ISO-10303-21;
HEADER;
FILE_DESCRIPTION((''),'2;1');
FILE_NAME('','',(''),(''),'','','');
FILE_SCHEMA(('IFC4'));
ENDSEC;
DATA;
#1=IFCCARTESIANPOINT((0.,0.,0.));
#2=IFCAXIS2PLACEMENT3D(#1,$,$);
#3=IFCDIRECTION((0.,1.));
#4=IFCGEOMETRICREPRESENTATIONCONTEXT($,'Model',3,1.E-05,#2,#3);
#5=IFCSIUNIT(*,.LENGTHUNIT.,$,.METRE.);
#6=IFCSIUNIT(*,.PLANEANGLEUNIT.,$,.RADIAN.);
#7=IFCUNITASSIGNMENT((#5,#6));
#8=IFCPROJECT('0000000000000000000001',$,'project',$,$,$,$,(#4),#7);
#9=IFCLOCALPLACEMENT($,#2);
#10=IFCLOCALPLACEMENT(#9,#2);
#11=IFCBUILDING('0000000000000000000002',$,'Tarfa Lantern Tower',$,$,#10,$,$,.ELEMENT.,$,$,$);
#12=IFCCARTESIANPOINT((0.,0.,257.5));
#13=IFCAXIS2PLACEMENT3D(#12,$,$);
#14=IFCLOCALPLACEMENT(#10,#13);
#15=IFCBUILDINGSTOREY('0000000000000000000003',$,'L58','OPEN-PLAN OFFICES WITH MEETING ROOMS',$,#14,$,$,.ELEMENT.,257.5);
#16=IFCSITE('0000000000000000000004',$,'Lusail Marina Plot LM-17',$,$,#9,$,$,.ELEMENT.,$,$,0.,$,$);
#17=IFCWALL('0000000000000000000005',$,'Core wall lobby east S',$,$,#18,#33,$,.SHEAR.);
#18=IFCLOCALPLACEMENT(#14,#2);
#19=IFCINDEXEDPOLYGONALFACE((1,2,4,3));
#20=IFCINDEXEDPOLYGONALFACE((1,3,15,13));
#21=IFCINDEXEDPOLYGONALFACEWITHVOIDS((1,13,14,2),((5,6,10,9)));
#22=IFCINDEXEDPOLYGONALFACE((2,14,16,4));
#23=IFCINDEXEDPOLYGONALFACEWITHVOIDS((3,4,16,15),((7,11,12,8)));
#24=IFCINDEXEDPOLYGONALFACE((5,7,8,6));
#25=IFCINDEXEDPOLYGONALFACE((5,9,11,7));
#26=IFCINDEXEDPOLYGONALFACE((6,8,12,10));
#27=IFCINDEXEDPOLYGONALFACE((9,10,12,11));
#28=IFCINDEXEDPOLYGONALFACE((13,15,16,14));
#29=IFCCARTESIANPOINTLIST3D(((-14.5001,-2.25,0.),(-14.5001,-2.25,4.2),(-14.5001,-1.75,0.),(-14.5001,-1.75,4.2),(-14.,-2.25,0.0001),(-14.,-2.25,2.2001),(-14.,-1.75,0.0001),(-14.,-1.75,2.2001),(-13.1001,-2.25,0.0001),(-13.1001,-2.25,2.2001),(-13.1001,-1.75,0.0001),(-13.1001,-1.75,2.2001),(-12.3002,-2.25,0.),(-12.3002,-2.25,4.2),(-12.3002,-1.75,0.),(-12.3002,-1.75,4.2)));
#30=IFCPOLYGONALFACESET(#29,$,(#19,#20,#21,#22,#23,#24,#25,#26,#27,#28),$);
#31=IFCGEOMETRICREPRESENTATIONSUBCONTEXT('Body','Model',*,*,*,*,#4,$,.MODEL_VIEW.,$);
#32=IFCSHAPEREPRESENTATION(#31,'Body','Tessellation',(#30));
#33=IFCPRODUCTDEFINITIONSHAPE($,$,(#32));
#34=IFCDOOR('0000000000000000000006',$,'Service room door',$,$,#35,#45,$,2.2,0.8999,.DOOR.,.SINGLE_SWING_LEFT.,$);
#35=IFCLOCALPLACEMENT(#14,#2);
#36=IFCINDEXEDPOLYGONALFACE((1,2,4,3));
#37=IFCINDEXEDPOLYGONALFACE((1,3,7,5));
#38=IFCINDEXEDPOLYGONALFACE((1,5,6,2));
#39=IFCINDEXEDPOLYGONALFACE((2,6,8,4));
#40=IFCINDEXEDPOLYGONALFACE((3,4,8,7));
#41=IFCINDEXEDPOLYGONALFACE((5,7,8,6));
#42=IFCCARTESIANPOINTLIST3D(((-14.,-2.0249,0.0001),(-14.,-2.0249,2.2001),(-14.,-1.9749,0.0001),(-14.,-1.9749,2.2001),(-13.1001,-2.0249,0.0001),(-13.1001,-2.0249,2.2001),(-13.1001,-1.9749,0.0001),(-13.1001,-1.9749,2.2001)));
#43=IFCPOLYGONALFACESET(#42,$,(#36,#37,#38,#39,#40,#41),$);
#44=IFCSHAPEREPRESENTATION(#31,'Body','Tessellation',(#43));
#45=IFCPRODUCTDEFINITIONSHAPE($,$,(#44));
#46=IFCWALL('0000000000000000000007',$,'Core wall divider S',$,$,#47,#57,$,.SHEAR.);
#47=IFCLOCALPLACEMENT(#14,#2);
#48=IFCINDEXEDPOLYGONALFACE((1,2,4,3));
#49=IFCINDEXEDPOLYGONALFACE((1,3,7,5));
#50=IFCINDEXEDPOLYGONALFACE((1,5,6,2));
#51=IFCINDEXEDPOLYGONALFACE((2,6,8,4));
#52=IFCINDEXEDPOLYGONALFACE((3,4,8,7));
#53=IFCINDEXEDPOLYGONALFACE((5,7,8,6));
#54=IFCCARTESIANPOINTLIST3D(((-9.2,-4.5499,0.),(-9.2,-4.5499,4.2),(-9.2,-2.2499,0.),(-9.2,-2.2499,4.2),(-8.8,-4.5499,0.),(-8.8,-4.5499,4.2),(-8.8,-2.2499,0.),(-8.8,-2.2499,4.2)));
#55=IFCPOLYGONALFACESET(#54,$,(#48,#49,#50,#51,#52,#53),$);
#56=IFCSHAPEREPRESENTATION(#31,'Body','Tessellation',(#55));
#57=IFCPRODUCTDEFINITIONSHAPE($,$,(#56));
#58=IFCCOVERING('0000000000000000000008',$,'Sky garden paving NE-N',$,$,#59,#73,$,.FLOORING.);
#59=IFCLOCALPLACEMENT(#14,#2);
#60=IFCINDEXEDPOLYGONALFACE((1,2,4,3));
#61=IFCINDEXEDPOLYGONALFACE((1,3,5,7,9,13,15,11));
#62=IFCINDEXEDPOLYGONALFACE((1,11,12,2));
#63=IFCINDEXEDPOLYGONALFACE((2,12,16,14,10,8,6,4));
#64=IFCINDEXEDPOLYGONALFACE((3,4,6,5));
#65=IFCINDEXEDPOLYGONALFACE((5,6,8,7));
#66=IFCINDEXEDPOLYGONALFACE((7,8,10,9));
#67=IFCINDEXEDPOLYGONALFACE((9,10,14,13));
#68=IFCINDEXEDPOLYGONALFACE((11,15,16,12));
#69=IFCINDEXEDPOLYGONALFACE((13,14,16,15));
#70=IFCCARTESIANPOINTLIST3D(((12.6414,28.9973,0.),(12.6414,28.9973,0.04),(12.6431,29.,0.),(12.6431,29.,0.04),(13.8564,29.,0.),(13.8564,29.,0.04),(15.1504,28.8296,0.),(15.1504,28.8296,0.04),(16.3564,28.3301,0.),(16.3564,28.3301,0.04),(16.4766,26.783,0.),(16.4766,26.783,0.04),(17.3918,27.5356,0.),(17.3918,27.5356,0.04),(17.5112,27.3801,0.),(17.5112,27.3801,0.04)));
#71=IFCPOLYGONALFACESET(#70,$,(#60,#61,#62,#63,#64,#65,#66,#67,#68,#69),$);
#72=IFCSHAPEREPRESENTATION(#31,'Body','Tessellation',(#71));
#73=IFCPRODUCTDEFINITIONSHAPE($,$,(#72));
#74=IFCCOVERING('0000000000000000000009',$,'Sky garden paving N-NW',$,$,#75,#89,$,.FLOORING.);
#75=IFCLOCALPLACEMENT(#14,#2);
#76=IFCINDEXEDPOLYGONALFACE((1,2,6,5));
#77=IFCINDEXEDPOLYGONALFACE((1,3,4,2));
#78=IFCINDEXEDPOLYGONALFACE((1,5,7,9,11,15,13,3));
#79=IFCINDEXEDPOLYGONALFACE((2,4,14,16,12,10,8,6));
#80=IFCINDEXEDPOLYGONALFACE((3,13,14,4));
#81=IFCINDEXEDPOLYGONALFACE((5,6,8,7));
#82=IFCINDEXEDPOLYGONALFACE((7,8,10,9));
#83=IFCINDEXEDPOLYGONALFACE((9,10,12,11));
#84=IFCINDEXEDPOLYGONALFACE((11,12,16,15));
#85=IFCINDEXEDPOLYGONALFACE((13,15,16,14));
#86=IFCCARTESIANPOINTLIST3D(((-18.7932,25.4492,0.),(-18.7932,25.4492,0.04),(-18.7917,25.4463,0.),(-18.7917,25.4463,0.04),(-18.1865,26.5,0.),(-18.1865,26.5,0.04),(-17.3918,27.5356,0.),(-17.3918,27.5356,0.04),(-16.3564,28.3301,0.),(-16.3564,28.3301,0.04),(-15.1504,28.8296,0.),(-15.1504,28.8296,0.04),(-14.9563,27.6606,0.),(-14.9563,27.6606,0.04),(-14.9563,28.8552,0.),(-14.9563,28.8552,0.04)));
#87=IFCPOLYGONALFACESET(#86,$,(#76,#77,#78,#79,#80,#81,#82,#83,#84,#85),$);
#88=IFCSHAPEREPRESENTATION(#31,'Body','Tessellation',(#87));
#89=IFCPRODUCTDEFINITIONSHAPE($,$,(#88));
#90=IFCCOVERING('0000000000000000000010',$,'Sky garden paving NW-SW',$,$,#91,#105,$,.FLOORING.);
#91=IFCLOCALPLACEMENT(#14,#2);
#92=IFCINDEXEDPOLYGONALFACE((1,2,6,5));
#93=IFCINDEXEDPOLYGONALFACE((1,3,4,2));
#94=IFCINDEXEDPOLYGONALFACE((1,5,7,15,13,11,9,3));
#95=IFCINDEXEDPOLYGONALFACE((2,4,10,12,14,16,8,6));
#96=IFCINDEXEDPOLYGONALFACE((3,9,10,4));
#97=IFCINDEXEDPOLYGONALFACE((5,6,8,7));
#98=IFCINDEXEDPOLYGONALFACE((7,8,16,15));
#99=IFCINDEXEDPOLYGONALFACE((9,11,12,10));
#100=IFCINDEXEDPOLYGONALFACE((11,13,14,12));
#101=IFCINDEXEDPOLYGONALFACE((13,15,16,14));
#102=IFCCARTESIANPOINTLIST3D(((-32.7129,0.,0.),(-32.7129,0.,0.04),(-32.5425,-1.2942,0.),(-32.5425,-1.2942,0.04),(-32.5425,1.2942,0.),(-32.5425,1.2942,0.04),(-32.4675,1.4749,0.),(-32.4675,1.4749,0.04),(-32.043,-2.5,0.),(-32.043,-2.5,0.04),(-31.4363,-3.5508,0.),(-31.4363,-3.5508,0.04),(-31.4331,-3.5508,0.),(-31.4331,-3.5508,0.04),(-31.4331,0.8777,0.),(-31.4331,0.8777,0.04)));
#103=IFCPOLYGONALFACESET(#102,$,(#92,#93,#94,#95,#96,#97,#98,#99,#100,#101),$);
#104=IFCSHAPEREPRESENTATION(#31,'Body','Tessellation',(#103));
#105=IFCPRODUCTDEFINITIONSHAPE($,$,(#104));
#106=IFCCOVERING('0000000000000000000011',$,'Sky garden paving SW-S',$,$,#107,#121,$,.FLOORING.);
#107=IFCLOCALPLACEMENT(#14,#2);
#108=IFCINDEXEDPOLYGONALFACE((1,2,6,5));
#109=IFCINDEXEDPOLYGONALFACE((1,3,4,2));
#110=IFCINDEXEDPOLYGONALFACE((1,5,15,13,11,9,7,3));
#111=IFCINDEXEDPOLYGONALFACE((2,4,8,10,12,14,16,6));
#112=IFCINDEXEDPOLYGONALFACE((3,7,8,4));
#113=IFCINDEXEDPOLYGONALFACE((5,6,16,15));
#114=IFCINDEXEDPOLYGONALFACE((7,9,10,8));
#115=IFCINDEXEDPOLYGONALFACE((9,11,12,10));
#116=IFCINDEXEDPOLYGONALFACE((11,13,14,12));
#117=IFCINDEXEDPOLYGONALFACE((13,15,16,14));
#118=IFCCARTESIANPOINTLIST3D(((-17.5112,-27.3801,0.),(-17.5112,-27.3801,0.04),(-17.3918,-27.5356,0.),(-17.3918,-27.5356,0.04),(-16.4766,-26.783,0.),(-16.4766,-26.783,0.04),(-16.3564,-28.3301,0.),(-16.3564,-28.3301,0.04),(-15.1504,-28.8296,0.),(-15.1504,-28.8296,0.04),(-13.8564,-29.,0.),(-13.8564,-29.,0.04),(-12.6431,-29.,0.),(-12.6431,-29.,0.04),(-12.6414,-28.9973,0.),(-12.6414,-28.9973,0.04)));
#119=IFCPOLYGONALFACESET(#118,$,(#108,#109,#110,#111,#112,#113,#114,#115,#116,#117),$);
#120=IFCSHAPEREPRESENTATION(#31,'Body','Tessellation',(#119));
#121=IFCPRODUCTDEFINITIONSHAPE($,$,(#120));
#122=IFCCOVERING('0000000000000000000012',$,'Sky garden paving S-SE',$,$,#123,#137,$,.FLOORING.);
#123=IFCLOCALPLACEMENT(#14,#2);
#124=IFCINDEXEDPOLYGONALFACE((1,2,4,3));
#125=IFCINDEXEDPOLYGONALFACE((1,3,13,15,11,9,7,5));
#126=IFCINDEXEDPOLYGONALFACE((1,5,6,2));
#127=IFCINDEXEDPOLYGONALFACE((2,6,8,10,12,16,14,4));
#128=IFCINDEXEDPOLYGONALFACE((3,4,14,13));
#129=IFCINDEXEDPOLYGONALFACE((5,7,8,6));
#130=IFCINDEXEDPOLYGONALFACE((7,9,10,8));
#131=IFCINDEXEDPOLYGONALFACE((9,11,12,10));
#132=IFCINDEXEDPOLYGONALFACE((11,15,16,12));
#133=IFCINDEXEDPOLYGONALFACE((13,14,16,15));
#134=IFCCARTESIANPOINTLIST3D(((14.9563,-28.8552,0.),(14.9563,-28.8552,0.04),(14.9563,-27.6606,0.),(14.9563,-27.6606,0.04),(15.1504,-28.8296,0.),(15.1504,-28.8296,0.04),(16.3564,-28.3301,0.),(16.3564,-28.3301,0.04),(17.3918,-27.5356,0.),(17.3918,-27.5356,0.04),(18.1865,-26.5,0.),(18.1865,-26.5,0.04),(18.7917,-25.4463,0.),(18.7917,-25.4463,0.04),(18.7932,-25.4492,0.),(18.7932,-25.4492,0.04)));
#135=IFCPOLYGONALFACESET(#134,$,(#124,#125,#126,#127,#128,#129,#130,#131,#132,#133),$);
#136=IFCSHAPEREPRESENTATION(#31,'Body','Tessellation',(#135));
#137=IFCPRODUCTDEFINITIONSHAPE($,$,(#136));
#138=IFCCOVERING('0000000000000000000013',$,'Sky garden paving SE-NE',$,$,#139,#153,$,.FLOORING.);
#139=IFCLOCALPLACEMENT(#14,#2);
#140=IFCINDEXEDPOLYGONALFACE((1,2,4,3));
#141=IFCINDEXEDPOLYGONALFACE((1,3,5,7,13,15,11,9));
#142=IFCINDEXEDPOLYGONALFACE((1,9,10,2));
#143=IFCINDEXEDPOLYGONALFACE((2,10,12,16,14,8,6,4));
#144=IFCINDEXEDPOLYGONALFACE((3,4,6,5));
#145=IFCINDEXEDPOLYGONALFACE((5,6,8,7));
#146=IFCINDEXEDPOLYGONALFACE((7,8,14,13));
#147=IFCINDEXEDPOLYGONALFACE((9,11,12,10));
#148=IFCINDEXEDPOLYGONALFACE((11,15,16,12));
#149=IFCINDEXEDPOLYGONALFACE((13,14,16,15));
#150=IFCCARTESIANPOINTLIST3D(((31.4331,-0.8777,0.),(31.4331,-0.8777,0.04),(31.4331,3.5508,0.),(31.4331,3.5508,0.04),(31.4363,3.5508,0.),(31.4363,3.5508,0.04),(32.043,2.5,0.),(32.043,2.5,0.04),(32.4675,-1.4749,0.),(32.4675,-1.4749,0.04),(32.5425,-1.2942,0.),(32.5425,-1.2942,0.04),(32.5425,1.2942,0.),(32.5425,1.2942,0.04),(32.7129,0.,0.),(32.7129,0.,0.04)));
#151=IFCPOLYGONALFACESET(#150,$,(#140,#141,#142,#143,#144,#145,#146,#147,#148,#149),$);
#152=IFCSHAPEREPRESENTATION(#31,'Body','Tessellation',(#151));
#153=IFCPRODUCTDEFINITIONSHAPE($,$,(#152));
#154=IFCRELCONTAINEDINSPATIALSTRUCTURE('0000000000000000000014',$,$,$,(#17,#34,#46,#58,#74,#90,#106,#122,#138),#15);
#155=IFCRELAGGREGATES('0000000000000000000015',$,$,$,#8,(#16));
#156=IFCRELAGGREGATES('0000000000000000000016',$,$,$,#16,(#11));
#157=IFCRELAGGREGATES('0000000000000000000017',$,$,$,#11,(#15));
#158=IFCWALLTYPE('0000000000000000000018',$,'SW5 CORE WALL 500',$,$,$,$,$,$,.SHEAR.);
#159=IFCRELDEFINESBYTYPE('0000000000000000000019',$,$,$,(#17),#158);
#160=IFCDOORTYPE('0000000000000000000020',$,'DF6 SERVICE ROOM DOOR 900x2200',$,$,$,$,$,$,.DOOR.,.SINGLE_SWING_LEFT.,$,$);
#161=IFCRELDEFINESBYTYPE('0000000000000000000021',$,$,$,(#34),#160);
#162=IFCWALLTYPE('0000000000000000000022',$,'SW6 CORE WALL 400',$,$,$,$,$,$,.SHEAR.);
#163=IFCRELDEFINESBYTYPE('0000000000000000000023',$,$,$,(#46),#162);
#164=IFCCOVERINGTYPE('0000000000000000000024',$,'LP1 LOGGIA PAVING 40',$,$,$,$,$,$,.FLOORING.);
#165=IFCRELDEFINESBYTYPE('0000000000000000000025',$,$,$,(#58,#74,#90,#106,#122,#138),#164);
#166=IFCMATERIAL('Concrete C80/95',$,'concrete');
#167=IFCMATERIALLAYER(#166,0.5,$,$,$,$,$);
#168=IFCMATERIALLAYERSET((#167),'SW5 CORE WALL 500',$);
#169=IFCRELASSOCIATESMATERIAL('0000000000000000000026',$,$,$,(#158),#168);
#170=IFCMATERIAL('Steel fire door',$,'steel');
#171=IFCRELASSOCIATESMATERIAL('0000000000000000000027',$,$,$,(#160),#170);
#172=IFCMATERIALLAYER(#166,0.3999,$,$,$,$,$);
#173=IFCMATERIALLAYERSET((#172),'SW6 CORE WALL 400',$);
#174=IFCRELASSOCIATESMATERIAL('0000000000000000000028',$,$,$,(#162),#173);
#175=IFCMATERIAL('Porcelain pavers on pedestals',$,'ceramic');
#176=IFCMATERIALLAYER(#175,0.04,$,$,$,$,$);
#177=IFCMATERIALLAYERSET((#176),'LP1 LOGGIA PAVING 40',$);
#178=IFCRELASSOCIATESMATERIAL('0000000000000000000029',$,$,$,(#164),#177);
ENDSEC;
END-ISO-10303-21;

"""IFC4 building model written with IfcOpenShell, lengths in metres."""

from ifc_helpers import new_model, si_unit, direction, frame, frame_2d, origin, place, context, subcontext, project, spatial, polyline, rectangle, outline, extrude, material, layer, layer_set, type_object, element, fill, save


model = new_model("IFC4")

# Units and contexts
model_context = context("Model", 3, precision=1e-05, world=origin(), true_north=direction((0.0, 1.0)))
body_context = subcontext(model_context, "Body", "Model", "MODEL_VIEW")
ifc_project = project(units=[si_unit("LENGTHUNIT", "METRE"), si_unit("PLANEANGLEUNIT", "RADIAN")], contexts=[model_context])

# Site, building, storey
site_placement = place(None, origin())
site = spatial("IfcSite", under=ifc_project, at=site_placement, Name="Lusail Marina Plot LM-17", CompositionType="ELEMENT", RefElevation=0.0)
building_placement = place(site_placement, origin())
building = spatial("IfcBuilding", under=site, at=building_placement, Name="Tarfa Lantern Tower", CompositionType="ELEMENT")
storey_placement = place(building_placement, frame((0.0, 0.0, 257.5)))
storey = spatial("IfcBuildingStorey", under=building, at=storey_placement, Name="L58", Description="OPEN-PLAN OFFICES WITH MEETING ROOMS", CompositionType="ELEMENT", Elevation=257.5)

# Wall, opening, door
ifc_material_1 = material(Name="Concrete C80/95", Category="concrete")
ifc_layer_1 = layer(ifc_material_1, 0.5)
ifc_layer_set_1 = layer_set([ifc_layer_1], Name="SW5 CORE WALL 500")
wall_type_1 = type_object("IfcWallType", Name="SW5 CORE WALL 500", PredefinedType="SHEAR", material=ifc_layer_set_1)
wall_1_placement = place(storey_placement, frame((-12.3, -2.0, 0.0), z_axis=(0.0, 0.0, 1.0), x_axis=(-1.0, 0.0, 0.0)))
wall_1 = element("IfcWall", 1, at=wall_1_placement, inside=storey, type_object=wall_type_1, Name="Core wall lobby east S", PredefinedType="SHEAR", context=body_context, shape_type="SweptSolid", body=[
    extrude(rectangle(XDim=2.2, YDim=0.5, at=frame_2d((1.1001, 0.0))), origin(), (0.0, 0.0, 1.0), 4.2),
])
opening_1_placement = place(wall_1_placement, frame((0.8, 0.0, 0.0)))
opening_1 = element("IfcOpeningElement", 2, at=opening_1_placement, cuts=wall_1, PredefinedType="OPENING", context=body_context, shape_type="SweptSolid", body=[
    extrude(rectangle(XDim=0.8999, YDim=2.2, at=frame_2d((0.45, 1.1001))), frame((0.0, 0.26, 0.0), z_axis=(0.0, -1.0, 0.0), x_axis=(1.0, 0.0, 0.0)), (0.0, 0.0, 1.0), 0.52),
])
ifc_material_2 = material(Name="Steel fire door", Category="steel")
door_type_1 = type_object("IfcDoorType", Name="DF6 SERVICE ROOM DOOR 900x2200", OperationType="SINGLE_SWING_LEFT", PredefinedType="DOOR", material=ifc_material_2)
door_1_placement = place(opening_1_placement, origin())
door_1 = element("IfcDoor", 3, at=door_1_placement, inside=storey, type_object=door_type_1, Name="Service room door", OperationType="SINGLE_SWING_LEFT", OverallHeight=2.2, OverallWidth=0.8999, PredefinedType="DOOR", context=body_context, shape_type="SweptSolid", body=[
    extrude(rectangle(XDim=0.8999, YDim=2.2, at=frame_2d((0.45, 1.1001))), frame((0.0, 0.0249, 0.0), z_axis=(0.0, -1.0, 0.0), x_axis=(1.0, 0.0, 0.0)), (0.0, 0.0, 1.0), 0.05),
])
fill(opening_1, door_1)

# Wall
ifc_layer_2 = layer(ifc_material_1, 0.3999)
ifc_layer_set_2 = layer_set([ifc_layer_2], Name="SW6 CORE WALL 400")
wall_type_2 = type_object("IfcWallType", Name="SW6 CORE WALL 400", PredefinedType="SHEAR", material=ifc_layer_set_2)
wall_2_placement = place(storey_placement, frame((-9.0, -2.25, 0.0), z_axis=(0.0, 0.0, 1.0), x_axis=(0.0, -1.0, 0.0)))
element("IfcWall", 4, at=wall_2_placement, inside=storey, type_object=wall_type_2, Name="Core wall divider S", PredefinedType="SHEAR", context=body_context, shape_type="SweptSolid", body=[
    extrude(rectangle(XDim=2.3, YDim=0.3999, at=frame_2d((1.1499, 0.0))), origin(), (0.0, 0.0, 1.0), 4.2),
])

# Coverings
ifc_material_3 = material(Name="Porcelain pavers on pedestals", Category="ceramic")
ifc_layer_3 = layer(ifc_material_3, 0.04)
ifc_layer_set_3 = layer_set([ifc_layer_3], Name="LP1 LOGGIA PAVING 40")
covering_type = type_object("IfcCoveringType", Name="LP1 LOGGIA PAVING 40", PredefinedType="FLOORING", material=ifc_layer_set_3)
covering_1_placement = place(storey_placement, origin())
element("IfcCovering", 5, at=covering_1_placement, inside=storey, type_object=covering_type, Name="Sky garden paving NE-N", PredefinedType="FLOORING", context=body_context, shape_type="SweptSolid", body=[
    extrude(outline(polyline([(15.1504, 28.8296), (16.3564, 28.3301), (17.3918, 27.5356), (17.5112, 27.3801), (16.4766, 26.783), (12.6414, 28.9973), (12.6431, 29.0), (13.8564, 29.0), (15.1504, 28.8296)])), origin(), (0.0, 0.0, 1.0), 0.04),
])
covering_2_placement = place(storey_placement, origin())
element("IfcCovering", 6, at=covering_2_placement, inside=storey, type_object=covering_type, Name="Sky garden paving N-NW", PredefinedType="FLOORING", context=body_context, shape_type="SweptSolid", body=[
    extrude(outline(polyline([(-17.3918, 27.5356), (-16.3564, 28.3301), (-15.1504, 28.8296), (-14.9563, 28.8552), (-14.9563, 27.6606), (-18.7917, 25.4463), (-18.7932, 25.4492), (-18.1865, 26.5), (-17.3918, 27.5356)])), origin(), (0.0, 0.0, 1.0), 0.04),
])
covering_3_placement = place(storey_placement, origin())
element("IfcCovering", 7, at=covering_3_placement, inside=storey, type_object=covering_type, Name="Sky garden paving NW-SW", PredefinedType="FLOORING", context=body_context, shape_type="SweptSolid", body=[
    extrude(outline(polyline([(-32.5425, -1.2942), (-32.7129, 0.0), (-32.5425, 1.2942), (-32.4675, 1.4749), (-31.4331, 0.8777), (-31.4331, -3.5508), (-31.4363, -3.5508), (-32.043, -2.5), (-32.5425, -1.2942)])), origin(), (0.0, 0.0, 1.0), 0.04),
])
covering_4_placement = place(storey_placement, origin())
element("IfcCovering", 8, at=covering_4_placement, inside=storey, type_object=covering_type, Name="Sky garden paving SW-S", PredefinedType="FLOORING", context=body_context, shape_type="SweptSolid", body=[
    extrude(outline(polyline([(-15.1504, -28.8296), (-16.3564, -28.3301), (-17.3918, -27.5356), (-17.5112, -27.3801), (-16.4766, -26.783), (-12.6414, -28.9973), (-12.6431, -29.0), (-13.8564, -29.0), (-15.1504, -28.8296)])), origin(), (0.0, 0.0, 1.0), 0.04),
])
covering_5_placement = place(storey_placement, origin())
element("IfcCovering", 9, at=covering_5_placement, inside=storey, type_object=covering_type, Name="Sky garden paving S-SE", PredefinedType="FLOORING", context=body_context, shape_type="SweptSolid", body=[
    extrude(outline(polyline([(17.3918, -27.5356), (16.3564, -28.3301), (15.1504, -28.8296), (14.9563, -28.8552), (14.9563, -27.6606), (18.7917, -25.4463), (18.7932, -25.4492), (18.1865, -26.5), (17.3918, -27.5356)])), origin(), (0.0, 0.0, 1.0), 0.04),
])
covering_6_placement = place(storey_placement, origin())
element("IfcCovering", 10, at=covering_6_placement, inside=storey, type_object=covering_type, Name="Sky garden paving SE-NE", PredefinedType="FLOORING", context=body_context, shape_type="SweptSolid", body=[
    extrude(outline(polyline([(32.5425, 1.2942), (32.7129, 0.0), (32.5425, -1.2942), (32.4675, -1.4749), (31.4331, -0.8777), (31.4331, 3.5508), (31.4363, 3.5508), (32.043, 2.5), (32.5425, 1.2942)])), origin(), (0.0, 0.0, 1.0), 0.04),
])

save(model, "model.ifc")
